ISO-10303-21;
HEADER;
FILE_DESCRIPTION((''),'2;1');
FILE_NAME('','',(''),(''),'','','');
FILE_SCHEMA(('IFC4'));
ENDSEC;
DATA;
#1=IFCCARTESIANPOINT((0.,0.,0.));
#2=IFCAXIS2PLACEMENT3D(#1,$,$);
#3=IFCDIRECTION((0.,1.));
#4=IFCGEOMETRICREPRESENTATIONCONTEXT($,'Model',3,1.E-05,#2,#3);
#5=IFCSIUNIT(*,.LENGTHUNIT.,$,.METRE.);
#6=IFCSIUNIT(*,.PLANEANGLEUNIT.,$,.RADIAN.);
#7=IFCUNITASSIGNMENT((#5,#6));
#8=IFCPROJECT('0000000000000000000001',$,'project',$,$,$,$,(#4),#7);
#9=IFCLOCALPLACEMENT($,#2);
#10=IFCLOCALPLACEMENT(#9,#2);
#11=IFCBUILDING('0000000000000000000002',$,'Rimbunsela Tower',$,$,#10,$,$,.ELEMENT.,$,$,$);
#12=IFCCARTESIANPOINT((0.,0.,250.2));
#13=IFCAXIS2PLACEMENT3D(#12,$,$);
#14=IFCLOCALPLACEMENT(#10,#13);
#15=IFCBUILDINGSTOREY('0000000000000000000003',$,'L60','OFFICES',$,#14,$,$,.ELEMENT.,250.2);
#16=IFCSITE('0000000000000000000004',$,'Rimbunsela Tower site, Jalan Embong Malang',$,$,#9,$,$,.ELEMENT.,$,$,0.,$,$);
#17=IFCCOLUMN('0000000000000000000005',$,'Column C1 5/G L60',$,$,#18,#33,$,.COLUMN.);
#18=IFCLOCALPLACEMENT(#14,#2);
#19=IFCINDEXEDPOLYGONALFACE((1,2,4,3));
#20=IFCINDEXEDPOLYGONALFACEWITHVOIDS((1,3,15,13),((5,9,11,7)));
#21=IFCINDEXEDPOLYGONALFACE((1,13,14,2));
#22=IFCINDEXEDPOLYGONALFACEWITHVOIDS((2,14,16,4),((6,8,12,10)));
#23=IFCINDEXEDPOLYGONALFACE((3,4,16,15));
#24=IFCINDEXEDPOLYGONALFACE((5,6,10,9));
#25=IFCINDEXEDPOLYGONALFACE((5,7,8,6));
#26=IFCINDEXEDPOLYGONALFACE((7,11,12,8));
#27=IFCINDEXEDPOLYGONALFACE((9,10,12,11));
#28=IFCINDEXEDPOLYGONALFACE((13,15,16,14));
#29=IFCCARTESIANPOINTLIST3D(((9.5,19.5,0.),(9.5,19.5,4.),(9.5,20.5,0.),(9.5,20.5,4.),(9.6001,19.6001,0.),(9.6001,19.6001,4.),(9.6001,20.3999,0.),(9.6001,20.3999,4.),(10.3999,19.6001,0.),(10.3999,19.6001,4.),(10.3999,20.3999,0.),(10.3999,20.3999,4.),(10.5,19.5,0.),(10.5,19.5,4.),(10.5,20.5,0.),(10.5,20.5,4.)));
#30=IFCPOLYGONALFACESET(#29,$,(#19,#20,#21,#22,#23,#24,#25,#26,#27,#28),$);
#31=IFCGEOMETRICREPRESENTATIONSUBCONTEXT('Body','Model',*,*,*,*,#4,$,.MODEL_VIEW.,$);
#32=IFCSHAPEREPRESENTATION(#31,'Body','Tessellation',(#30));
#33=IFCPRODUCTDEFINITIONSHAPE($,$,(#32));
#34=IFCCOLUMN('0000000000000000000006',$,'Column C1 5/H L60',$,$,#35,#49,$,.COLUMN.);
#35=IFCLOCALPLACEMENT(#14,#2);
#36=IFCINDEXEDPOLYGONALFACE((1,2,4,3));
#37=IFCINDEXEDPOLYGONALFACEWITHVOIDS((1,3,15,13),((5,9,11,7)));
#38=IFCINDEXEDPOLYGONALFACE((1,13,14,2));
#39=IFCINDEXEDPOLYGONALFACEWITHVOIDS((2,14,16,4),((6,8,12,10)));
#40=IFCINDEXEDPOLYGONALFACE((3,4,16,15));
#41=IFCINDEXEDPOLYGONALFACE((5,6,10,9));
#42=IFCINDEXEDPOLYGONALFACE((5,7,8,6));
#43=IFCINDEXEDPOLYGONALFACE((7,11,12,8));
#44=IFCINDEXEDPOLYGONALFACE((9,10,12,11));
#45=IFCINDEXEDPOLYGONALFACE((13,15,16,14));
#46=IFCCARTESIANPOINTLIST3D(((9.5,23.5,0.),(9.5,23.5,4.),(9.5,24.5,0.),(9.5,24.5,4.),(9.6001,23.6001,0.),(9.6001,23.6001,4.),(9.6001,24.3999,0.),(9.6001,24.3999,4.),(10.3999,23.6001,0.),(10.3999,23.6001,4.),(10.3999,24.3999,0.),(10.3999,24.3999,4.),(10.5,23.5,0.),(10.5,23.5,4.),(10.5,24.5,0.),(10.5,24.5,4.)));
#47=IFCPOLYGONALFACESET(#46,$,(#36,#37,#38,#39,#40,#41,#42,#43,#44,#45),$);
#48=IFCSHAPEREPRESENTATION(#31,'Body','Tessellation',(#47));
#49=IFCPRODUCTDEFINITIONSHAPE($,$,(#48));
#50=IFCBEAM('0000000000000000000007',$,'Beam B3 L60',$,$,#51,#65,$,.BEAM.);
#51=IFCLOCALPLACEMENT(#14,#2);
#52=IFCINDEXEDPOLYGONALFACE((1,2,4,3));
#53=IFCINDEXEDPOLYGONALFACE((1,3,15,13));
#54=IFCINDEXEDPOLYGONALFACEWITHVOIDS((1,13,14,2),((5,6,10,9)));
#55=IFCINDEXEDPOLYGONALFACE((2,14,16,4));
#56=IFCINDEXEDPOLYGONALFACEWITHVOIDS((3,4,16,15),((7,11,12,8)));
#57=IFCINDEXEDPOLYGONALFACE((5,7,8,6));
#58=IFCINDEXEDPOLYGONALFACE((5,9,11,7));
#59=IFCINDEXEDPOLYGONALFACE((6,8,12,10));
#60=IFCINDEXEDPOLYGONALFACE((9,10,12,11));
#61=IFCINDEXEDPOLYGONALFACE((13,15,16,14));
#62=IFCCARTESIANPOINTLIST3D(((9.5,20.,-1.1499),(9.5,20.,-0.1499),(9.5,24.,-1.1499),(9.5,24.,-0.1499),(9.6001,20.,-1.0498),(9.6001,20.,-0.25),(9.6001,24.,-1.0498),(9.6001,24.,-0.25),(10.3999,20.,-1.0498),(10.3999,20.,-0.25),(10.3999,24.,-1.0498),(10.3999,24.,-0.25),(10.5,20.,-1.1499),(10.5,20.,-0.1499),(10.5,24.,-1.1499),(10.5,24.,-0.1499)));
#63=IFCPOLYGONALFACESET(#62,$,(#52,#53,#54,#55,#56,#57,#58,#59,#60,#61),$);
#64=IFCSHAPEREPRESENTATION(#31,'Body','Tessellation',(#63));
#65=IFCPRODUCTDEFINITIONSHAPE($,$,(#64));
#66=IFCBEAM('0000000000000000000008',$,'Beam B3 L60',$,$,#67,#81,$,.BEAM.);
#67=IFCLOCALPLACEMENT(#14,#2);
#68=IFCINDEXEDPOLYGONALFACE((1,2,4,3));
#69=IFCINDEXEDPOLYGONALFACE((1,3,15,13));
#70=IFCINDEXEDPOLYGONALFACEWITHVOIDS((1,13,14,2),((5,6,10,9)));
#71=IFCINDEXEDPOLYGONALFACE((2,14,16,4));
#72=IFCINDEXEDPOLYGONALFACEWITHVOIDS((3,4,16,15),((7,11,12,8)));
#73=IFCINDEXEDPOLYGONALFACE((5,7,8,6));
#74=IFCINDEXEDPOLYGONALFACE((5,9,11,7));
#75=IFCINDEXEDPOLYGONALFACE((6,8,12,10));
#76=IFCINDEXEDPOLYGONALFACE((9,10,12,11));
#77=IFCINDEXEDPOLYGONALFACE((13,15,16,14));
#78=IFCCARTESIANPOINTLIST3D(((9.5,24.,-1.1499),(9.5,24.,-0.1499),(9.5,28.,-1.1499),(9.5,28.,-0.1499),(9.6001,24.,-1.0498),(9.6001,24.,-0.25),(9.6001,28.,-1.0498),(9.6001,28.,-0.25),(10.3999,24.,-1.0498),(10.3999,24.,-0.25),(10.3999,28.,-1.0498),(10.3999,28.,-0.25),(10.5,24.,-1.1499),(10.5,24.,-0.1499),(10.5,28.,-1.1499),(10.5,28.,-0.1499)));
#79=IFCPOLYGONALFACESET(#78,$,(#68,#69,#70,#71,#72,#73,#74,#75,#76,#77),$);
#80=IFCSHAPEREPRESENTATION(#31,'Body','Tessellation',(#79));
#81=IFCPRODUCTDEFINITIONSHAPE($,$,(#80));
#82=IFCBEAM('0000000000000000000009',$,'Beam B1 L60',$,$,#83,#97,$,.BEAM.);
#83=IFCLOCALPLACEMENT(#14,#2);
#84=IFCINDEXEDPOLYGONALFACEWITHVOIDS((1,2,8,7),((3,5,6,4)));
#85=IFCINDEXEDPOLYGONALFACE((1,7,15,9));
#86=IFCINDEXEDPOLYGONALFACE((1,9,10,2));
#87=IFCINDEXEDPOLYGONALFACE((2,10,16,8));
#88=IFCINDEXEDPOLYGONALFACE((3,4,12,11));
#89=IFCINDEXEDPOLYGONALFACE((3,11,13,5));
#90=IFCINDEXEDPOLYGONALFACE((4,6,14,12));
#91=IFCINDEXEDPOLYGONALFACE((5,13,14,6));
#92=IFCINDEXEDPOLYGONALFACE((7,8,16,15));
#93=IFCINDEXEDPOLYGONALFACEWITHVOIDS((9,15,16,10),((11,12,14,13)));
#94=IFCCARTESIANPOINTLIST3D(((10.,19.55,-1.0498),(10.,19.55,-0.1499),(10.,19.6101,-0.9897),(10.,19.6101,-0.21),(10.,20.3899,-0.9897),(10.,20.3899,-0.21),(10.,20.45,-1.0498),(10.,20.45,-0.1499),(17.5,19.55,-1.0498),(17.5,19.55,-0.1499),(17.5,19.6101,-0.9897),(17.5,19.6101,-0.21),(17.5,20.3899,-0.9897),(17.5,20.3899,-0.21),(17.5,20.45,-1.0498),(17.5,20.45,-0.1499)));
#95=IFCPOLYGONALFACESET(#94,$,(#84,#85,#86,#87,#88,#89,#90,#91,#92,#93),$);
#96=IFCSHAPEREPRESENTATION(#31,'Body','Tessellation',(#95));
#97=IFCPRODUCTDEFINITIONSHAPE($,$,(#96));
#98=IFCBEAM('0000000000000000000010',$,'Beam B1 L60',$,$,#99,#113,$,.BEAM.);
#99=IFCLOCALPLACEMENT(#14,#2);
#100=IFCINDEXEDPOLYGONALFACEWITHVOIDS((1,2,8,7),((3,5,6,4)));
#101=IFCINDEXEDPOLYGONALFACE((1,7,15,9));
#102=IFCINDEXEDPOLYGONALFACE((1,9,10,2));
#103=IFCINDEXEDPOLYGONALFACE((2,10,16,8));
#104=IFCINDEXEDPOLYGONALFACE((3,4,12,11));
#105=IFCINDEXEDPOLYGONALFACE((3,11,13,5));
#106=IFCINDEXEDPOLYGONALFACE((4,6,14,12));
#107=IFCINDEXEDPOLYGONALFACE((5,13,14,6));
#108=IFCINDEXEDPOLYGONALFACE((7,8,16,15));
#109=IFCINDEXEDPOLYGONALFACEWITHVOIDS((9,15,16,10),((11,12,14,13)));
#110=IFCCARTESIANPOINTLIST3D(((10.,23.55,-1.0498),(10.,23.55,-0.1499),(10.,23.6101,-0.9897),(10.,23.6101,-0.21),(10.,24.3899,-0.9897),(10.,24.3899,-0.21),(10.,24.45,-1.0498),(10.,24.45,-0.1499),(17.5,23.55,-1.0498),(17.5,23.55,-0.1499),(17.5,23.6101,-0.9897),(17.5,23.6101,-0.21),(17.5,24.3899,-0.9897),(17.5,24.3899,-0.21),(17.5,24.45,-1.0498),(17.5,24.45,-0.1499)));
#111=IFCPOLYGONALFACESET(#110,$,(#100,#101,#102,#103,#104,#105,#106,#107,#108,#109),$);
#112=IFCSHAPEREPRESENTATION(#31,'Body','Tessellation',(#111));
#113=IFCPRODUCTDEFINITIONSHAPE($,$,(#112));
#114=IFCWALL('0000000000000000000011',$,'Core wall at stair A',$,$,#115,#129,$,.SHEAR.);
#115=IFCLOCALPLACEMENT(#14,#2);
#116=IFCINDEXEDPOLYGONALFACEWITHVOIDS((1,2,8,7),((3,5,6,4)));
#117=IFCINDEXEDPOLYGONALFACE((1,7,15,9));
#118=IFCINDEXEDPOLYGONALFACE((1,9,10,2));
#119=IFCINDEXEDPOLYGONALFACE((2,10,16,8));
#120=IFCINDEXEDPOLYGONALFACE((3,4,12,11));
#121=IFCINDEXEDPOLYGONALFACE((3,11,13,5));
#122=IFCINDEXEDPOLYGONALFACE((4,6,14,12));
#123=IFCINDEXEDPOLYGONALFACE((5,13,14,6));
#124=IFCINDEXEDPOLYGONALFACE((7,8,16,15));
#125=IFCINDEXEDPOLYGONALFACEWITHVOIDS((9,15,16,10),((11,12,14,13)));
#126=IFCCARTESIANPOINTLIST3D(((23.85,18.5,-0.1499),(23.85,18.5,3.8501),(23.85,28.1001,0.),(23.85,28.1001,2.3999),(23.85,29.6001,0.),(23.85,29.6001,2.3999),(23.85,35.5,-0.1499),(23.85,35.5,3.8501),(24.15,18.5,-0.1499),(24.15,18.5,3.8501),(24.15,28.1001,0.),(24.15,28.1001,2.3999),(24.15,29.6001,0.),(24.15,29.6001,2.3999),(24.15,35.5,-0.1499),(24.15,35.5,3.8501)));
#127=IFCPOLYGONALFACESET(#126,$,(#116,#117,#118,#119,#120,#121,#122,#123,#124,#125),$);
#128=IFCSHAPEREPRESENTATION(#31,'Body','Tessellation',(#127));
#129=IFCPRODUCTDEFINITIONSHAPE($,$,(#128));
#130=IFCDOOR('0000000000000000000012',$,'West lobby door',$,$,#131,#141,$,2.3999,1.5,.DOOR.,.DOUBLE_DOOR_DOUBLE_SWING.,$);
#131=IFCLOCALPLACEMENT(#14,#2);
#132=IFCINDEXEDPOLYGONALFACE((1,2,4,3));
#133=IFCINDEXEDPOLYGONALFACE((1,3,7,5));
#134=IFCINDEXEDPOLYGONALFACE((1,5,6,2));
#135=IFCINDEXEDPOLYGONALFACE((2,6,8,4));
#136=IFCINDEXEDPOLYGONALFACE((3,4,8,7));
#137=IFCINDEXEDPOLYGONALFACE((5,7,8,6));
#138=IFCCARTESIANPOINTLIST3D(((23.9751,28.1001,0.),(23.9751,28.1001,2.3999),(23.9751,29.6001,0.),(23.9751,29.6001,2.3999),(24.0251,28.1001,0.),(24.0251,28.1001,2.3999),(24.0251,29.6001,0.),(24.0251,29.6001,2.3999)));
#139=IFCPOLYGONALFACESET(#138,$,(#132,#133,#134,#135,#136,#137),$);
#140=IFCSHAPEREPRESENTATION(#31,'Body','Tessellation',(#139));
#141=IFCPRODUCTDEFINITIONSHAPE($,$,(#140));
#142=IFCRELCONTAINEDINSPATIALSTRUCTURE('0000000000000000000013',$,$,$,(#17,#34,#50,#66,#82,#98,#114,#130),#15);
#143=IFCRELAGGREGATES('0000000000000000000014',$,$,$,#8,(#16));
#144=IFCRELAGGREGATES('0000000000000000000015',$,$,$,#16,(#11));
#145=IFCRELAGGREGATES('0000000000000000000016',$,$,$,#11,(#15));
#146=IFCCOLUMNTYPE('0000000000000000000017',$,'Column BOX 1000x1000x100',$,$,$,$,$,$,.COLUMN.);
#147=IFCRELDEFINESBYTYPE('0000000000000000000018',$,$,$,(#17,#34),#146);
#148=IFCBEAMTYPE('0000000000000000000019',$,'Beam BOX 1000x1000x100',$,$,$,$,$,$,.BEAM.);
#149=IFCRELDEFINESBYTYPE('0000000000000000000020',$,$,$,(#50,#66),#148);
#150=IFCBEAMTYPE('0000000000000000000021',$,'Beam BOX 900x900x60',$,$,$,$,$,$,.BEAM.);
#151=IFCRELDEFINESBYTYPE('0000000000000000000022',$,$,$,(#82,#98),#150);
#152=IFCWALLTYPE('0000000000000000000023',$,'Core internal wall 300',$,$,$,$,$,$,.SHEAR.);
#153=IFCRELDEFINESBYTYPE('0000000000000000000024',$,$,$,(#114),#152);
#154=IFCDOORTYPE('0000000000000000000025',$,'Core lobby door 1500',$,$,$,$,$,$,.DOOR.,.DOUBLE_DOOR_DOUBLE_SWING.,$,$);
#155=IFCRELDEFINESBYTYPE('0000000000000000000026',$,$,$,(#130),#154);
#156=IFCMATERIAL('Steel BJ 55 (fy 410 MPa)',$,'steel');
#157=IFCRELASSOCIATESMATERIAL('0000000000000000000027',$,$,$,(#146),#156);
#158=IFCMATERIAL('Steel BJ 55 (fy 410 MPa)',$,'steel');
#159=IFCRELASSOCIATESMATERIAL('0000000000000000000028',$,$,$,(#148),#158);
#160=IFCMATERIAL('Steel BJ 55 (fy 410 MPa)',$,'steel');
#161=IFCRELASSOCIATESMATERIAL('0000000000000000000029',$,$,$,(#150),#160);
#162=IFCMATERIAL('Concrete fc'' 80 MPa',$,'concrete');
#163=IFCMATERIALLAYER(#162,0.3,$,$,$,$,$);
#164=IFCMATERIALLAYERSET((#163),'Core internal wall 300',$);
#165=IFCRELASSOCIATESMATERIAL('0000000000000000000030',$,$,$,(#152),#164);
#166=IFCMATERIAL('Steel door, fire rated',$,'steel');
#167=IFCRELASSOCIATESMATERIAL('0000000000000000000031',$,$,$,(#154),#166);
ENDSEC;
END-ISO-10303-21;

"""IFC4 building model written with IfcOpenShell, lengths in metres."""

from ifc_helpers import new_model, si_unit, direction, frame, frame_2d, origin, origin_2d, place, context, subcontext, project, spatial, rectangle, hollow_rectangle, extrude, material, layer, layer_set, material_profile, profile_set, type_object, element, fill, save


model = new_model("IFC4")

# Units and contexts
model_context = context("Model", 3, precision=1e-05, world=origin(), true_north=direction((0.0, 1.0)))
body_context = subcontext(model_context, "Body", "Model", "MODEL_VIEW")
ifc_project = project(units=[si_unit("LENGTHUNIT", "METRE"), si_unit("PLANEANGLEUNIT", "RADIAN")], contexts=[model_context])

# Site, building, storey
site_placement = place(None, origin())
site = spatial("IfcSite", under=ifc_project, at=site_placement, Name="Rimbunsela Tower site, Jalan Embong Malang", CompositionType="ELEMENT", RefElevation=0.0)
building_placement = place(site_placement, origin())
building = spatial("IfcBuilding", under=site, at=building_placement, Name="Rimbunsela Tower", CompositionType="ELEMENT")
storey_placement = place(building_placement, frame((0.0, 0.0, 250.2)))
storey = spatial("IfcBuildingStorey", under=building, at=storey_placement, Name="L60", Description="OFFICES", CompositionType="ELEMENT", Elevation=250.2)

# Columns
ifc_material_1 = material(Name="Steel BJ 55 (fy 410 MPa)", Category="steel")
ifc_material_profile_1 = material_profile(ifc_material_1, hollow_rectangle(XDim=1.0, YDim=1.0, WallThickness=0.1001, at=origin_2d()), Name="BOX 1000x1000x100")
ifc_profile_set_1 = profile_set([ifc_material_profile_1], Name="Steel BJ 55 (fy 410 MPa)")
column_type = type_object("IfcColumnType", Name="Column BOX 1000x1000x100", PredefinedType="COLUMN", material=ifc_profile_set_1)
for number, where, z_axis, x_axis, name in (
    (1, (10.0, 20.0, 0.0), (0.0, 0.0, 1.0), (1.0, 0.0, 0.0), "Column C1 5/G L60"),
    (2, (10.0, 24.0, 0.0), (0.0, 0.0, 1.0), (1.0, 0.0, 0.0), "Column C1 5/H L60"),
):
    element("IfcColumn", number, at=place(storey_placement, frame(where, z_axis=z_axis, x_axis=x_axis)), inside=storey, type_object=column_type, Name=name, PredefinedType="COLUMN", context=body_context, shape_type="SweptSolid", body=[
        extrude(hollow_rectangle(XDim=1.0, YDim=1.0, WallThickness=0.1001, at=origin_2d()), origin(), (0.0, 0.0, 1.0), 4.0),
    ])

# Beams
ifc_material_2 = material(Name="Steel BJ 55 (fy 410 MPa)", Category="steel")
ifc_material_profile_2 = material_profile(ifc_material_2, hollow_rectangle(XDim=1.0, YDim=1.0, WallThickness=0.1001, at=origin_2d()), Name="BOX 1000x1000x100")
ifc_profile_set_2 = profile_set([ifc_material_profile_2], Name="Steel BJ 55 (fy 410 MPa)")
beam_type_1 = type_object("IfcBeamType", Name="Beam BOX 1000x1000x100", PredefinedType="BEAM", material=ifc_profile_set_2)
for number, where, z_axis, x_axis, name in (
    (3, (10.0, 20.0, -0.6499), (0.0, 1.0, 0.0), (-1.0, 0.0, 0.0), "Beam B3 L60"),
    (4, (10.0, 24.0, -0.6499), (0.0, 1.0, 0.0), (-1.0, 0.0, 0.0), "Beam B3 L60"),
):
    element("IfcBeam", number, at=place(storey_placement, frame(where, z_axis=z_axis, x_axis=x_axis)), inside=storey, type_object=beam_type_1, Name=name, PredefinedType="BEAM", context=body_context, shape_type="SweptSolid", body=[
        extrude(hollow_rectangle(XDim=1.0, YDim=1.0, WallThickness=0.1001, at=origin_2d()), origin(), (0.0, 0.0, 1.0), 4.0),
    ])
ifc_material_3 = material(Name="Steel BJ 55 (fy 410 MPa)", Category="steel")
ifc_material_profile_3 = material_profile(ifc_material_3, hollow_rectangle(XDim=0.8999, YDim=0.8999, WallThickness=0.0601, at=origin_2d()), Name="BOX 900x900x60")
ifc_profile_set_3 = profile_set([ifc_material_profile_3], Name="Steel BJ 55 (fy 410 MPa)")
beam_type_2 = type_object("IfcBeamType", Name="Beam BOX 900x900x60", PredefinedType="BEAM", material=ifc_profile_set_3)
for number, where, z_axis, x_axis, name in (
    (5, (10.0, 20.0, -0.5999), (1.0, 0.0, 0.0), (0.0, 1.0, 0.0), "Beam B1 L60"),
    (6, (10.0, 24.0, -0.5999), (1.0, 0.0, 0.0), (0.0, 1.0, 0.0), "Beam B1 L60"),
):
    element("IfcBeam", number, at=place(storey_placement, frame(where, z_axis=z_axis, x_axis=x_axis)), inside=storey, type_object=beam_type_2, Name=name, PredefinedType="BEAM", context=body_context, shape_type="SweptSolid", body=[
        extrude(hollow_rectangle(XDim=0.8999, YDim=0.8999, WallThickness=0.0601, at=origin_2d()), origin(), (0.0, 0.0, 1.0), 7.5),
    ])

# Wall, opening, door
ifc_material_4 = material(Name="Concrete fc' 80 MPa", Category="concrete")
ifc_layer_1 = layer(ifc_material_4, 0.3)
ifc_layer_set_1 = layer_set([ifc_layer_1], Name="Core internal wall 300")
wall_type_1 = type_object("IfcWallType", Name="Core internal wall 300", PredefinedType="SHEAR", material=ifc_layer_set_1)
wall_1_placement = place(storey_placement, frame((24.0, 18.5, -0.1499), z_axis=(0.0, 0.0, 1.0), x_axis=(0.0, 1.0, 0.0)))
wall_1 = element("IfcWall", 7, at=wall_1_placement, inside=storey, type_object=wall_type_1, Name="Core wall at stair A", PredefinedType="SHEAR", context=body_context, shape_type="SweptSolid", body=[
    extrude(rectangle(XDim=17.0, YDim=0.3, at=frame_2d((8.5, 0.0))), origin(), (0.0, 0.0, 1.0), 4.0),
])
opening_1_placement = place(wall_1_placement, frame((9.6001, 0.0, 0.1499)))
opening_1 = element("IfcOpeningElement", 8, at=opening_1_placement, cuts=wall_1, PredefinedType="OPENING", context=body_context, shape_type="SweptSolid", body=[
    extrude(rectangle(XDim=1.5, YDim=2.3999, at=frame_2d((0.75, 1.2))), frame((0.0, 0.1599, 0.0), z_axis=(0.0, -1.0, 0.0), x_axis=(1.0, 0.0, 0.0)), (0.0, 0.0, 1.0), 0.3201),
])
ifc_material_5 = material(Name="Steel door, fire rated", Category="steel")
door_type_1 = type_object("IfcDoorType", Name="Core lobby door 1500", OperationType="DOUBLE_DOOR_DOUBLE_SWING", PredefinedType="DOOR", material=ifc_material_5)
door_1_placement = place(opening_1_placement, origin())
door_1 = element("IfcDoor", 9, at=door_1_placement, inside=storey, type_object=door_type_1, Name="West lobby door", OperationType="DOUBLE_DOOR_DOUBLE_SWING", OverallHeight=2.3999, OverallWidth=1.5, PredefinedType="DOOR", context=body_context, shape_type="SweptSolid", body=[
    extrude(rectangle(XDim=1.5, YDim=2.3999, at=frame_2d((0.75, 1.2))), frame((0.0, 0.0249, 0.0), z_axis=(0.0, -1.0, 0.0), x_axis=(1.0, 0.0, 0.0)), (0.0, 0.0, 1.0), 0.05),
])
fill(opening_1, door_1)

save(model, "model.ifc")
